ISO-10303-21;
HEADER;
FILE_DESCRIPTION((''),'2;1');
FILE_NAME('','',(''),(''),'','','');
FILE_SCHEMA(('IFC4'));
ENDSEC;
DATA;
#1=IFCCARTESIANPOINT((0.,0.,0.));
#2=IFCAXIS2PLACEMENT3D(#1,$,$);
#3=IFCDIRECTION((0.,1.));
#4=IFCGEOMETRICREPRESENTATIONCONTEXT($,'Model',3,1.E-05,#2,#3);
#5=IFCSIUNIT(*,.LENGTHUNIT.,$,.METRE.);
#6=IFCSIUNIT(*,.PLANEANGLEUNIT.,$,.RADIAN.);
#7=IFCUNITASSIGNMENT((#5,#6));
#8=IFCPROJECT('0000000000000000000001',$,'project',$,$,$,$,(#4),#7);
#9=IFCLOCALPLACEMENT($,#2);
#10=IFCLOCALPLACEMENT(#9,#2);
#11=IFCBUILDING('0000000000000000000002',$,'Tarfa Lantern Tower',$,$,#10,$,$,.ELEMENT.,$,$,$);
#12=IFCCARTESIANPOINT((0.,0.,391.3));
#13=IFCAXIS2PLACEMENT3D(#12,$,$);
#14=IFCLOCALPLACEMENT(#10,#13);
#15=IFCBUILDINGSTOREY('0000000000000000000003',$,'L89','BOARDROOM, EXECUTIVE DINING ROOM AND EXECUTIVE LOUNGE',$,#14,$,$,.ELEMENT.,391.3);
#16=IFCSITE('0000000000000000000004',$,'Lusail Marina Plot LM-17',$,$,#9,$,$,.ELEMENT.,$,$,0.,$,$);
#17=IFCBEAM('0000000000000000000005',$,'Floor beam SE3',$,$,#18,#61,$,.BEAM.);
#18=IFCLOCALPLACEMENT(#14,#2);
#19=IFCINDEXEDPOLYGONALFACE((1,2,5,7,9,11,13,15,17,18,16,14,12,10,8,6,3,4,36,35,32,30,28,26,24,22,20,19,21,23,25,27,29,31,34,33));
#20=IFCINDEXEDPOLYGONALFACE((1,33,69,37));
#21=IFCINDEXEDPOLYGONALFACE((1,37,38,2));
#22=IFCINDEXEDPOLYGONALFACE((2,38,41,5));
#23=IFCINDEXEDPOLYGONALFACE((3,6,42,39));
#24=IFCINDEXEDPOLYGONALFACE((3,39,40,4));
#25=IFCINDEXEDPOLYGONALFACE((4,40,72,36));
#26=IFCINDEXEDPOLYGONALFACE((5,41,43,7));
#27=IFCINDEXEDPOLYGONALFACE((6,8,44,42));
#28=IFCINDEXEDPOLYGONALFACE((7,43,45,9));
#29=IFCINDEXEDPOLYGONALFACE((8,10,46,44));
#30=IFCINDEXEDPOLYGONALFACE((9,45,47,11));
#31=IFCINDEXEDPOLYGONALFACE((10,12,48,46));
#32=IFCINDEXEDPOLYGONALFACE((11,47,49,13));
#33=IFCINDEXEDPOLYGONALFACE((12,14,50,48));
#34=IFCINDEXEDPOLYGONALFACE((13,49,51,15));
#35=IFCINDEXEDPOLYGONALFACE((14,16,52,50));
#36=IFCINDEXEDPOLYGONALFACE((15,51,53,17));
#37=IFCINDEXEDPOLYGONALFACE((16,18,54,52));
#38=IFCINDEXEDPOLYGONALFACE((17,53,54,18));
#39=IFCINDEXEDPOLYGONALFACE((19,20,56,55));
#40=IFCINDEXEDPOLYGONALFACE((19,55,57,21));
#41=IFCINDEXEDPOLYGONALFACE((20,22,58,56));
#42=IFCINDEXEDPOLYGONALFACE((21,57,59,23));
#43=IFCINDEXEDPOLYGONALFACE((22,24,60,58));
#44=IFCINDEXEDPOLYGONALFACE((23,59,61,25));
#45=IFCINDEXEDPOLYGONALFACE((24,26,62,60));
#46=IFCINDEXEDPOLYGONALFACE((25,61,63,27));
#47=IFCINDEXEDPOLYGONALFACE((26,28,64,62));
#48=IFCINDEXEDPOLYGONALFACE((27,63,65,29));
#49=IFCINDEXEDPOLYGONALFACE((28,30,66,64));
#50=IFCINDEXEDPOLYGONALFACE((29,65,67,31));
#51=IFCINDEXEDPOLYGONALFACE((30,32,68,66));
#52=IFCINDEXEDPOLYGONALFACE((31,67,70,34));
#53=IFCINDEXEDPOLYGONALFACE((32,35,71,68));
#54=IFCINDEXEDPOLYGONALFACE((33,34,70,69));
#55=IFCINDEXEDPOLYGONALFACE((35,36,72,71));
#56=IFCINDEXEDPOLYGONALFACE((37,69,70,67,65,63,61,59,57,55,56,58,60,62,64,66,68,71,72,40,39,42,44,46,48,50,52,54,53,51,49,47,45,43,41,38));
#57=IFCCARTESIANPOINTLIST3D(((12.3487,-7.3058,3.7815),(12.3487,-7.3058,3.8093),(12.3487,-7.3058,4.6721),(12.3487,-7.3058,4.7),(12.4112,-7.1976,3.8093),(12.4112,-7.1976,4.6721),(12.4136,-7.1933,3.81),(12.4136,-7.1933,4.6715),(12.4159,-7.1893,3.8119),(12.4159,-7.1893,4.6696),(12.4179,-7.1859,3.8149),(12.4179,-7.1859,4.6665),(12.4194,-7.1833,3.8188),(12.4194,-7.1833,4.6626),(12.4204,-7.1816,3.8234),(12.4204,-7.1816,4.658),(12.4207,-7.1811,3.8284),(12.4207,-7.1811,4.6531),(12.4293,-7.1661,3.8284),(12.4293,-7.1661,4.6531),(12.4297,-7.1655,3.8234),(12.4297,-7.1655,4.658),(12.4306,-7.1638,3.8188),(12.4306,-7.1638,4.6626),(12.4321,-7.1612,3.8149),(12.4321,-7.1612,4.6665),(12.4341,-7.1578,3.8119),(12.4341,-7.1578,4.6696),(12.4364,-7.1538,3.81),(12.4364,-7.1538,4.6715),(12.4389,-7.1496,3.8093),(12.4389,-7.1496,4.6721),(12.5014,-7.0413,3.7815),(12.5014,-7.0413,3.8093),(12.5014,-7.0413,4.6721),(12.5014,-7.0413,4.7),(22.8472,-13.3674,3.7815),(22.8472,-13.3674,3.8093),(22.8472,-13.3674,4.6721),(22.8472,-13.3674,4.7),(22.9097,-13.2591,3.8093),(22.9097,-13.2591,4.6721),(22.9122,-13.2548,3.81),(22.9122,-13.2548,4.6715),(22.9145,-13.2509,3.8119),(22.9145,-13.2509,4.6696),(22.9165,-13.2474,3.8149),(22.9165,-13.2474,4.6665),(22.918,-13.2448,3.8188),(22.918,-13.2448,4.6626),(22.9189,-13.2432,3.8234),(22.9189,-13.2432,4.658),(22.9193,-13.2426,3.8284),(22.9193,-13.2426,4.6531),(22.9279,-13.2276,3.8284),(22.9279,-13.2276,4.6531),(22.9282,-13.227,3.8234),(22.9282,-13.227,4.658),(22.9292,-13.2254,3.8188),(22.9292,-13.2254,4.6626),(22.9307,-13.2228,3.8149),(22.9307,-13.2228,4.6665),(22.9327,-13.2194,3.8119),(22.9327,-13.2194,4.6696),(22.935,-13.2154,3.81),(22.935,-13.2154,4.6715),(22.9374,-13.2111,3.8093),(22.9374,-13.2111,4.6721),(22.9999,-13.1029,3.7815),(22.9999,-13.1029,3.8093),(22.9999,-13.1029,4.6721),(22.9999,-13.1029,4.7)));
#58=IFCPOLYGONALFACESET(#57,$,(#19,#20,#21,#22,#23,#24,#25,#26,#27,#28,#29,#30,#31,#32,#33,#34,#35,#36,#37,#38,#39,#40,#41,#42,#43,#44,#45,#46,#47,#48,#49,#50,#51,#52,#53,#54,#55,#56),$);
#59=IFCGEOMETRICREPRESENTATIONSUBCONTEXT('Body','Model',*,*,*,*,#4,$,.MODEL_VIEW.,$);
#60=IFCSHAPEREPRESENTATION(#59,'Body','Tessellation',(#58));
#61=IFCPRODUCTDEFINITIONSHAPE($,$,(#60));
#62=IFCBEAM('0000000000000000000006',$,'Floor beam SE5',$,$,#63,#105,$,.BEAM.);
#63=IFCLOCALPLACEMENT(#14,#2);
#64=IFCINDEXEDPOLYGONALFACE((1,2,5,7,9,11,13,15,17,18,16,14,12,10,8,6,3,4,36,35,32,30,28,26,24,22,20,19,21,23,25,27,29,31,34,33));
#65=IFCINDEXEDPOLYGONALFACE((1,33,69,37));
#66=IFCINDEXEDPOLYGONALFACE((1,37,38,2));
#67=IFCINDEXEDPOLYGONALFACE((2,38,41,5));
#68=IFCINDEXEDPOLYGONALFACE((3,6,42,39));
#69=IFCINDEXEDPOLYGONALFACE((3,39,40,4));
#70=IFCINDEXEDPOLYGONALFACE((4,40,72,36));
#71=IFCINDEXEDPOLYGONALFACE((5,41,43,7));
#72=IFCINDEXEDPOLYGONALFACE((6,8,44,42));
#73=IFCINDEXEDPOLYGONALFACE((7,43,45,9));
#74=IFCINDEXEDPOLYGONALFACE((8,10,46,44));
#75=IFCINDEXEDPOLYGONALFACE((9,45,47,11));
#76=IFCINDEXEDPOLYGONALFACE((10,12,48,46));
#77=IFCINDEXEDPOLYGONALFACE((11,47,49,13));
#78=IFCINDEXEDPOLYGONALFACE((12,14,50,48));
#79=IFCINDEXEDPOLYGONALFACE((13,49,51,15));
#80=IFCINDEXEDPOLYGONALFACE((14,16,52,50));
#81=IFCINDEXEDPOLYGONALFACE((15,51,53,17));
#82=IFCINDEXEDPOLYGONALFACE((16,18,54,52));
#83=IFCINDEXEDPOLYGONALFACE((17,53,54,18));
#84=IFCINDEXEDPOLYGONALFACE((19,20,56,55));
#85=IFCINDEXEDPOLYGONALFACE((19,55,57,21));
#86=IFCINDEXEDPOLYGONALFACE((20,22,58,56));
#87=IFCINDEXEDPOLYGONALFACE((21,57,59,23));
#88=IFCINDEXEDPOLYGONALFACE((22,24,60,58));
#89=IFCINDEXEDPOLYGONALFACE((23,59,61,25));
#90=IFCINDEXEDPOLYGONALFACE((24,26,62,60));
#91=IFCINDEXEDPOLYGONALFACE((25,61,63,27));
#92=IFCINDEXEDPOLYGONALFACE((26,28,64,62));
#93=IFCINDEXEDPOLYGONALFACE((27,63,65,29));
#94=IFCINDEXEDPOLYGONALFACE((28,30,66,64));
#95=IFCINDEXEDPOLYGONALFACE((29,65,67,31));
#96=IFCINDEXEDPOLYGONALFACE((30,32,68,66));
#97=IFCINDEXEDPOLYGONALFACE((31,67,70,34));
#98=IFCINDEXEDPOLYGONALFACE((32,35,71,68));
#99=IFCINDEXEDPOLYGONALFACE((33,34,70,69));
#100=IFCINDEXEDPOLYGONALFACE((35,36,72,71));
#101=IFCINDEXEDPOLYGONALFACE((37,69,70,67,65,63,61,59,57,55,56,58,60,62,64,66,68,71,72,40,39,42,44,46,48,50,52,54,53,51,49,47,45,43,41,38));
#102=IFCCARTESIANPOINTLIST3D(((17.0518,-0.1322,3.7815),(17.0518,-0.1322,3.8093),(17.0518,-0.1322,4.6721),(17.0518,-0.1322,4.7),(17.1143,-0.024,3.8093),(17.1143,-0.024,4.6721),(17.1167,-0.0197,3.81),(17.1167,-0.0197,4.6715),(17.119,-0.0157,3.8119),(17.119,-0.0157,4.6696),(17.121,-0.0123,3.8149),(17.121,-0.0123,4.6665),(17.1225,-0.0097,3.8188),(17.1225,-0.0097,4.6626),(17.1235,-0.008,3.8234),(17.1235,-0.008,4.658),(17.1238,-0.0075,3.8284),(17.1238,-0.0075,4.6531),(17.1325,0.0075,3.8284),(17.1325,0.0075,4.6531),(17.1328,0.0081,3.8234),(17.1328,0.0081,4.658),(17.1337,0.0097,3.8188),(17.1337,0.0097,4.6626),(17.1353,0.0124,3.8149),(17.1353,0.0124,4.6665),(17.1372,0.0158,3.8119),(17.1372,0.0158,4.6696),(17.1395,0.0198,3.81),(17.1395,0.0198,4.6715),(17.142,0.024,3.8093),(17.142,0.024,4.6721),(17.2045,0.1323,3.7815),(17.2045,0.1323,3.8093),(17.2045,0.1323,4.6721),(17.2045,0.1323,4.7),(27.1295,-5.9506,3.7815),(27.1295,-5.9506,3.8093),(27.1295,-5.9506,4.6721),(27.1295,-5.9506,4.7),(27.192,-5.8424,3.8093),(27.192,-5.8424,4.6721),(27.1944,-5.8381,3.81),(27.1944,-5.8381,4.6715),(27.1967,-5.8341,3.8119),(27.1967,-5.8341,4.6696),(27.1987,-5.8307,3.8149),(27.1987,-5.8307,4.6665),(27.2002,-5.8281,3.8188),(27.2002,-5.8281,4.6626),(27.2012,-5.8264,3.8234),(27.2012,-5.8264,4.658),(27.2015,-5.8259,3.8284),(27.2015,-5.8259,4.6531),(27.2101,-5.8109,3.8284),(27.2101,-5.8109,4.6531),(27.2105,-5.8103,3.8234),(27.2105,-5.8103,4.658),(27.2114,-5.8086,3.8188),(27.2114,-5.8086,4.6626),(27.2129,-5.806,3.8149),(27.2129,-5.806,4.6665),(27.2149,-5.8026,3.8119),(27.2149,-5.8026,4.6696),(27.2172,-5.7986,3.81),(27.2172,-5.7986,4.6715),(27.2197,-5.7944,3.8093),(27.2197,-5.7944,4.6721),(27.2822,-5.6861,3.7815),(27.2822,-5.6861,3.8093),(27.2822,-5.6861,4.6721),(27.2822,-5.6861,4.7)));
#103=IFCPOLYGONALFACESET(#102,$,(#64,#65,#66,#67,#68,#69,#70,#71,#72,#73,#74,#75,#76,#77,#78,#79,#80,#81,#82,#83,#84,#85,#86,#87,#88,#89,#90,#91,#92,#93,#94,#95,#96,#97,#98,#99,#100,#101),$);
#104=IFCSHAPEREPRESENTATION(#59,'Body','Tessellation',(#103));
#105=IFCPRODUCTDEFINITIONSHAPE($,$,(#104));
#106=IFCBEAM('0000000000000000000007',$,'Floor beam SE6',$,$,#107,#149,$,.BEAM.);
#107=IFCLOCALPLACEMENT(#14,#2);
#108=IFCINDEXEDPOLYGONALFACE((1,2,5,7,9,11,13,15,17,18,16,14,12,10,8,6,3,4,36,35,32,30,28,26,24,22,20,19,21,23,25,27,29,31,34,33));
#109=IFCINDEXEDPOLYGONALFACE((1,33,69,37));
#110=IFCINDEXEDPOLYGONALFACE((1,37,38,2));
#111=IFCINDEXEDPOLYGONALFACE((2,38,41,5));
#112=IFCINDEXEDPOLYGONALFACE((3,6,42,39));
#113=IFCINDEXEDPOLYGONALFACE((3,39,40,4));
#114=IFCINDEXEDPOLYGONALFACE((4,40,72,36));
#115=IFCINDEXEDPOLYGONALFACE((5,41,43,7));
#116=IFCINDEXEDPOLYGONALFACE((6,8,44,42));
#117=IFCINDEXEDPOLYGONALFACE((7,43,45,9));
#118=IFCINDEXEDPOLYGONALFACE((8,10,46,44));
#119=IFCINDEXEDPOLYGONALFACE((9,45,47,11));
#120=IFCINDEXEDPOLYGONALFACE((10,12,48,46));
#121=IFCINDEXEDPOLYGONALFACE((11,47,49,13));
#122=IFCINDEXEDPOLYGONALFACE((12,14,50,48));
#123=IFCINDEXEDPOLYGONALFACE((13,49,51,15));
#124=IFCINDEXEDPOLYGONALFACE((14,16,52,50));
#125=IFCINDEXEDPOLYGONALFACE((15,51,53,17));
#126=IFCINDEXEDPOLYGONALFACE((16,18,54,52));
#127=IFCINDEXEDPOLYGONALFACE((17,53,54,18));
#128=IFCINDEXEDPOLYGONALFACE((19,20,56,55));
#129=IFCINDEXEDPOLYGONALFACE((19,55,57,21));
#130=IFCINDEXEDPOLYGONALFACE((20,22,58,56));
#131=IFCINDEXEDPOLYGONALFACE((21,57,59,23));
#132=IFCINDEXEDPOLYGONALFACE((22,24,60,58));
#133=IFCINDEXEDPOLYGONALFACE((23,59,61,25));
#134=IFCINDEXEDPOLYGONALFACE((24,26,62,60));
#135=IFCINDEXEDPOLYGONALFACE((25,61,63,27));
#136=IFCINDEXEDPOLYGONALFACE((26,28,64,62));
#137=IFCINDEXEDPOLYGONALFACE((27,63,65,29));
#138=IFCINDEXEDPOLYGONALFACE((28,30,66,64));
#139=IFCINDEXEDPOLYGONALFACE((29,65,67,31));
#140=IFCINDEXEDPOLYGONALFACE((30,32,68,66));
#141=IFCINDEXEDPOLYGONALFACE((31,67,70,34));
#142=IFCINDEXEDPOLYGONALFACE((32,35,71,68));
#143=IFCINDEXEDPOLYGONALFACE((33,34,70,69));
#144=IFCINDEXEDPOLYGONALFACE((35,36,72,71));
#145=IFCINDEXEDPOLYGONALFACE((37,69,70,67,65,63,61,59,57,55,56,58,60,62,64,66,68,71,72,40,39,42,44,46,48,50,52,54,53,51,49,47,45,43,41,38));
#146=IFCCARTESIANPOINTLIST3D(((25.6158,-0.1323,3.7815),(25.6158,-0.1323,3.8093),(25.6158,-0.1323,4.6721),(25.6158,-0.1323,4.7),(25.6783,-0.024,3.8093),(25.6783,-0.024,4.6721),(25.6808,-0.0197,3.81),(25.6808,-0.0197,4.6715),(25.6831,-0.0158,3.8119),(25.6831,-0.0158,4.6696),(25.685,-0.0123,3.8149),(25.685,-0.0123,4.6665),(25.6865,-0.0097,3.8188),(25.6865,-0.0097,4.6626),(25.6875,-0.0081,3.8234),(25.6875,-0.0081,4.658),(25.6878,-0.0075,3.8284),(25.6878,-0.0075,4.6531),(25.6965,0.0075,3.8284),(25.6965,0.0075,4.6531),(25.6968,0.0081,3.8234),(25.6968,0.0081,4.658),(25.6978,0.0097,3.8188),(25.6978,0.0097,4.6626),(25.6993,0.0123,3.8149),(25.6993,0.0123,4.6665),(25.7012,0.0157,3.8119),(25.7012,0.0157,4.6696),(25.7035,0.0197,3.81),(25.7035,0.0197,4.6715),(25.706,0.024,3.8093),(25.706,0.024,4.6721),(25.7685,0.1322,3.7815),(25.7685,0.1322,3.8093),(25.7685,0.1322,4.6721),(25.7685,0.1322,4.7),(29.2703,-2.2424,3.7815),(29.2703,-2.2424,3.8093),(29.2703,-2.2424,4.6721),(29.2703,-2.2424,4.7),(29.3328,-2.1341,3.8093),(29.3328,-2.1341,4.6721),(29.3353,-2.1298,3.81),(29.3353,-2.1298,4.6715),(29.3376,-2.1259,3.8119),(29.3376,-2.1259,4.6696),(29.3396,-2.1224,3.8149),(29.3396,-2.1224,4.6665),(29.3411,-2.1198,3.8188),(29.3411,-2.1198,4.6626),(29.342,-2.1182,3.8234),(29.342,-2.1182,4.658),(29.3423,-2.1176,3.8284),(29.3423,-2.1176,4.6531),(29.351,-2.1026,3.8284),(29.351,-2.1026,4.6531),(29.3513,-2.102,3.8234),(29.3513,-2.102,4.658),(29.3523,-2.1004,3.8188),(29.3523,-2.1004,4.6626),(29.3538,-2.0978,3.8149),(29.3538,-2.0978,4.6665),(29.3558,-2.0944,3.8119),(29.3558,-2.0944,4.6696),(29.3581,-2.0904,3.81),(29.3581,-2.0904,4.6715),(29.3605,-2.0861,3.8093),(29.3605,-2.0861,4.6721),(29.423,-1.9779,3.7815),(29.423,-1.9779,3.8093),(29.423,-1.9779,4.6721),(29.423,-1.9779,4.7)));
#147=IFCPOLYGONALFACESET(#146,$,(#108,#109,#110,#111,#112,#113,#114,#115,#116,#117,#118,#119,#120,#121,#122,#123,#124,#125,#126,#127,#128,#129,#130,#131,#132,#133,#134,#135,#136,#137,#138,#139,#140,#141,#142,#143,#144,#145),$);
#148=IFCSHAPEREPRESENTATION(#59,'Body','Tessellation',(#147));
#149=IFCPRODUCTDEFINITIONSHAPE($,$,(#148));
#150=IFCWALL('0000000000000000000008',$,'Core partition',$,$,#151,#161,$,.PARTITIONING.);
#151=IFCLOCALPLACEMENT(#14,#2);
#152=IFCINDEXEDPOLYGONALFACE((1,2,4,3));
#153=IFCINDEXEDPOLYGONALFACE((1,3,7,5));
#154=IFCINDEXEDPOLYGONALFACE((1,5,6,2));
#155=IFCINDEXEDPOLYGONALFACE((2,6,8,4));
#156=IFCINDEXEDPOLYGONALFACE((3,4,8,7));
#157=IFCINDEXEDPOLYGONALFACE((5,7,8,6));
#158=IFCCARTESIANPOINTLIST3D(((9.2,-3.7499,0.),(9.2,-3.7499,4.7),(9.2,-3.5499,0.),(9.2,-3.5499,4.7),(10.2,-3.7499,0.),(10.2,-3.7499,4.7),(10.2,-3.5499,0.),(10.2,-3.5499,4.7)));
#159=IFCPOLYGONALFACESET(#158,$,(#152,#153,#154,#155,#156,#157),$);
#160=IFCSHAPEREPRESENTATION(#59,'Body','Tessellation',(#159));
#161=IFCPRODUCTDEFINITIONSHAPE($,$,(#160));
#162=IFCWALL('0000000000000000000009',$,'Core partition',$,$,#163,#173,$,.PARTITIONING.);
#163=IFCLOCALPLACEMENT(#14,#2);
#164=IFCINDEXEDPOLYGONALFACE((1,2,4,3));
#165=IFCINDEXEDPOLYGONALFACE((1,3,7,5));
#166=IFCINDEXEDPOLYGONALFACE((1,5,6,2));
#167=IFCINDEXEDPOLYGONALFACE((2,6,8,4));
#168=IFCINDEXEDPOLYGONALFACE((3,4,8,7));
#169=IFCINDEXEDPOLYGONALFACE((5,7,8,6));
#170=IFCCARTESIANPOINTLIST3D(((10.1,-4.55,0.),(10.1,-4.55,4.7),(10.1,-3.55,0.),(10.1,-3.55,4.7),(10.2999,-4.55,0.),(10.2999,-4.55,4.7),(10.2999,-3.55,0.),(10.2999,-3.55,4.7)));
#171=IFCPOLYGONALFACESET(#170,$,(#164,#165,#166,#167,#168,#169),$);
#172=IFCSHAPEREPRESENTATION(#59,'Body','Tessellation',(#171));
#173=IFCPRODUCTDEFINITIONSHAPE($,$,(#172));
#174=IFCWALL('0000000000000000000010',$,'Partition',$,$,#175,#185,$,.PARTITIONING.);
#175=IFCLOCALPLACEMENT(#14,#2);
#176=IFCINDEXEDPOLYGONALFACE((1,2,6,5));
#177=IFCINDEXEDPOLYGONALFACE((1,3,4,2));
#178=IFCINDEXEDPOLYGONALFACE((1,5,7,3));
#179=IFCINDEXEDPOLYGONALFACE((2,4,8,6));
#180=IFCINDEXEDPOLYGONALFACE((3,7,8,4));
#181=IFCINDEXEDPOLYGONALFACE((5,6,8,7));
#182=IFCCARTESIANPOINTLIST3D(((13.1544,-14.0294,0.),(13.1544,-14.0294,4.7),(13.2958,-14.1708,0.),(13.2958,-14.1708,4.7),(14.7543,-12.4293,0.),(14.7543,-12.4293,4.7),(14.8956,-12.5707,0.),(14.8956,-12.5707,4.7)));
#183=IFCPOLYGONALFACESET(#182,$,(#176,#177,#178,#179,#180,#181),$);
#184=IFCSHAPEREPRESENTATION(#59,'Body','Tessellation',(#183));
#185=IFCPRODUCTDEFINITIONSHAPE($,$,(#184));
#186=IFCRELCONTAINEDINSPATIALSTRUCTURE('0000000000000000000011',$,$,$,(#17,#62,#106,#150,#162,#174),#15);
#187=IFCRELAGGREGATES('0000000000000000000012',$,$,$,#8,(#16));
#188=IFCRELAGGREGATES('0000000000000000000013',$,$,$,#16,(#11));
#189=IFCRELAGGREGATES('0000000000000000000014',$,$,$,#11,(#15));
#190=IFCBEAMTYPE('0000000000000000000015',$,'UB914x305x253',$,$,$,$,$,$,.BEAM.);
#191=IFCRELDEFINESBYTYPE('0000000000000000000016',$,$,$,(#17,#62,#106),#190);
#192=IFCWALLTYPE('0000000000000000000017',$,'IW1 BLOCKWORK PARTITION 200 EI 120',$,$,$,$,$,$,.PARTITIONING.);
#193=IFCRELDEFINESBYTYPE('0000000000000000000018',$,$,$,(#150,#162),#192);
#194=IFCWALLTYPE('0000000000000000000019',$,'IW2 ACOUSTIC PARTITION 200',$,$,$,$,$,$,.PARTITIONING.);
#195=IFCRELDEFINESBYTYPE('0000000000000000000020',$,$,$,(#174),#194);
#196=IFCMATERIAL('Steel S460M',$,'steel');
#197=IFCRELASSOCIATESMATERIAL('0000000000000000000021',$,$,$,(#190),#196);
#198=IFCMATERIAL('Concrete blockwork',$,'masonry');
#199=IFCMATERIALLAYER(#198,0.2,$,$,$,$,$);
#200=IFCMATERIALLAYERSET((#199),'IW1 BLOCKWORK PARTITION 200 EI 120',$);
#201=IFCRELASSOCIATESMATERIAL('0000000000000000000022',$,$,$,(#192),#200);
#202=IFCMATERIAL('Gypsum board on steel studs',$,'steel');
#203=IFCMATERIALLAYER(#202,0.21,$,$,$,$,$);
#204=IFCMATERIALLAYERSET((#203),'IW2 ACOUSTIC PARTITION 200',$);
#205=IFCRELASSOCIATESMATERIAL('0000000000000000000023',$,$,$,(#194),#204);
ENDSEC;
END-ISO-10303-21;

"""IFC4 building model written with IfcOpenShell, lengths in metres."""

from ifc_helpers import new_model, si_unit, direction, frame, frame_2d, origin, origin_2d, place, context, subcontext, project, spatial, rectangle, i_section, extrude, material, layer, layer_set, material_profile, profile_set, type_object, element, save


model = new_model("IFC4")

# Units and contexts
model_context = context("Model", 3, precision=1e-05, world=origin(), true_north=direction((0.0, 1.0)))
body_context = subcontext(model_context, "Body", "Model", "MODEL_VIEW")
ifc_project = project(units=[si_unit("LENGTHUNIT", "METRE"), si_unit("PLANEANGLEUNIT", "RADIAN")], contexts=[model_context])

# Site, building, storey
site_placement = place(None, origin())
site = spatial("IfcSite", under=ifc_project, at=site_placement, Name="Lusail Marina Plot LM-17", CompositionType="ELEMENT", RefElevation=0.0)
building_placement = place(site_placement, origin())
building = spatial("IfcBuilding", under=site, at=building_placement, Name="Tarfa Lantern Tower", CompositionType="ELEMENT")
storey_placement = place(building_placement, frame((0.0, 0.0, 391.3)))
storey = spatial("IfcBuildingStorey", under=building, at=storey_placement, Name="L89", Description="BOARDROOM, EXECUTIVE DINING ROOM AND EXECUTIVE LOUNGE", CompositionType="ELEMENT", Elevation=391.3)

# Beams
ifc_material_1 = material(Name="Steel S460M", Category="steel")
ifc_material_profile_1 = material_profile(ifc_material_1, i_section(OverallWidth=0.3054, OverallDepth=0.9185, WebThickness=0.0173, FlangeThickness=0.0278, FilletRadius=0.019, at=origin_2d()), Name="UB914x305x253")
ifc_profile_set_1 = profile_set([ifc_material_profile_1], Name="Steel S460M")
beam_type_1 = type_object("IfcBeamType", Name="UB914x305x253", PredefinedType="BEAM", material=ifc_profile_set_1)
beam_1_placement = place(storey_placement, frame((22.9236, -13.2351, 4.2407), z_axis=(-0.866019, 0.500012, 0.0), x_axis=(-0.500012, -0.866019, 0.0)))
element("IfcBeam", 1, at=beam_1_placement, inside=storey, type_object=beam_type_1, Name="Floor beam SE3", PredefinedType="BEAM", context=body_context, shape_type="SweptSolid", body=[
    extrude(i_section(OverallWidth=0.3054, OverallDepth=0.9185, WebThickness=0.0173, FlangeThickness=0.0278, FilletRadius=0.019, at=origin_2d()), origin(), (0.0, 0.0, 1.0), 12.1228),
])
beam_2_placement = place(storey_placement, frame((27.2058, -5.8184, 4.2407), z_axis=(-0.866024, 0.500002, 0.0), x_axis=(-0.500002, -0.866024, 0.0)))
element("IfcBeam", 2, at=beam_2_placement, inside=storey, type_object=beam_type_1, Name="Floor beam SE5", PredefinedType="BEAM", context=body_context, shape_type="SweptSolid", body=[
    extrude(i_section(OverallWidth=0.3054, OverallDepth=0.9185, WebThickness=0.0173, FlangeThickness=0.0278, FilletRadius=0.019, at=origin_2d()), origin(), (0.0, 0.0, 1.0), 11.6367),
])
beam_3_placement = place(storey_placement, frame((29.3467, -2.1101, 4.2407), z_axis=(-0.866009, 0.500028, 0.0), x_axis=(-0.500028, -0.866009, 0.0)))
element("IfcBeam", 3, at=beam_3_placement, inside=storey, type_object=beam_type_1, Name="Floor beam SE6", PredefinedType="BEAM", context=body_context, shape_type="SweptSolid", body=[
    extrude(i_section(OverallWidth=0.3054, OverallDepth=0.9185, WebThickness=0.0173, FlangeThickness=0.0278, FilletRadius=0.019, at=origin_2d()), origin(), (0.0, 0.0, 1.0), 4.22),
])

# Walls
ifc_material_2 = material(Name="Concrete blockwork", Category="masonry")
ifc_layer_1 = layer(ifc_material_2, 0.2)
ifc_layer_set_1 = layer_set([ifc_layer_1], Name="IW1 BLOCKWORK PARTITION 200 EI 120")
wall_type_1 = type_object("IfcWallType", Name="IW1 BLOCKWORK PARTITION 200 EI 120", PredefinedType="PARTITIONING", material=ifc_layer_set_1)
for number, where, z_axis, x_axis, name in (
    (4, (10.2, -3.6499, 0.0), (0.0, 0.0, 1.0), (-1.0, 0.0, 0.0), "Core partition"),
    (5, (10.2, -3.55, 0.0), (0.0, 0.0, 1.0), (0.0, -1.0, 0.0), "Core partition"),
):
    element("IfcWall", number, at=place(storey_placement, frame(where, z_axis=z_axis, x_axis=x_axis)), inside=storey, type_object=wall_type_1, Name=name, PredefinedType="PARTITIONING", context=body_context, shape_type="SweptSolid", body=[
        extrude(rectangle(XDim=1.0, YDim=0.2, at=frame_2d((0.5, 0.0))), origin(), (0.0, 0.0, 1.0), 4.7),
    ])
ifc_material_3 = material(Name="Gypsum board on steel studs", Category="steel")
ifc_layer_2 = layer(ifc_material_3, 0.21)
ifc_layer_set_2 = layer_set([ifc_layer_2], Name="IW2 ACOUSTIC PARTITION 200")
wall_type_2 = type_object("IfcWallType", Name="IW2 ACOUSTIC PARTITION 200", PredefinedType="PARTITIONING", material=ifc_layer_set_2)
wall_1_placement = place(storey_placement, frame((14.825, -12.5, 0.0), z_axis=(0.0, 0.0, 1.0), x_axis=(-0.707053, -0.707161, 0.0)))
element("IfcWall", 6, at=wall_1_placement, inside=storey, type_object=wall_type_2, Name="Partition", PredefinedType="PARTITIONING", context=body_context, shape_type="SweptSolid", body=[
    extrude(rectangle(XDim=2.2627, YDim=0.2, at=frame_2d((1.1313, 0.0))), origin(), (0.0, 0.0, 1.0), 4.7),
])

save(model, "model.ifc")
